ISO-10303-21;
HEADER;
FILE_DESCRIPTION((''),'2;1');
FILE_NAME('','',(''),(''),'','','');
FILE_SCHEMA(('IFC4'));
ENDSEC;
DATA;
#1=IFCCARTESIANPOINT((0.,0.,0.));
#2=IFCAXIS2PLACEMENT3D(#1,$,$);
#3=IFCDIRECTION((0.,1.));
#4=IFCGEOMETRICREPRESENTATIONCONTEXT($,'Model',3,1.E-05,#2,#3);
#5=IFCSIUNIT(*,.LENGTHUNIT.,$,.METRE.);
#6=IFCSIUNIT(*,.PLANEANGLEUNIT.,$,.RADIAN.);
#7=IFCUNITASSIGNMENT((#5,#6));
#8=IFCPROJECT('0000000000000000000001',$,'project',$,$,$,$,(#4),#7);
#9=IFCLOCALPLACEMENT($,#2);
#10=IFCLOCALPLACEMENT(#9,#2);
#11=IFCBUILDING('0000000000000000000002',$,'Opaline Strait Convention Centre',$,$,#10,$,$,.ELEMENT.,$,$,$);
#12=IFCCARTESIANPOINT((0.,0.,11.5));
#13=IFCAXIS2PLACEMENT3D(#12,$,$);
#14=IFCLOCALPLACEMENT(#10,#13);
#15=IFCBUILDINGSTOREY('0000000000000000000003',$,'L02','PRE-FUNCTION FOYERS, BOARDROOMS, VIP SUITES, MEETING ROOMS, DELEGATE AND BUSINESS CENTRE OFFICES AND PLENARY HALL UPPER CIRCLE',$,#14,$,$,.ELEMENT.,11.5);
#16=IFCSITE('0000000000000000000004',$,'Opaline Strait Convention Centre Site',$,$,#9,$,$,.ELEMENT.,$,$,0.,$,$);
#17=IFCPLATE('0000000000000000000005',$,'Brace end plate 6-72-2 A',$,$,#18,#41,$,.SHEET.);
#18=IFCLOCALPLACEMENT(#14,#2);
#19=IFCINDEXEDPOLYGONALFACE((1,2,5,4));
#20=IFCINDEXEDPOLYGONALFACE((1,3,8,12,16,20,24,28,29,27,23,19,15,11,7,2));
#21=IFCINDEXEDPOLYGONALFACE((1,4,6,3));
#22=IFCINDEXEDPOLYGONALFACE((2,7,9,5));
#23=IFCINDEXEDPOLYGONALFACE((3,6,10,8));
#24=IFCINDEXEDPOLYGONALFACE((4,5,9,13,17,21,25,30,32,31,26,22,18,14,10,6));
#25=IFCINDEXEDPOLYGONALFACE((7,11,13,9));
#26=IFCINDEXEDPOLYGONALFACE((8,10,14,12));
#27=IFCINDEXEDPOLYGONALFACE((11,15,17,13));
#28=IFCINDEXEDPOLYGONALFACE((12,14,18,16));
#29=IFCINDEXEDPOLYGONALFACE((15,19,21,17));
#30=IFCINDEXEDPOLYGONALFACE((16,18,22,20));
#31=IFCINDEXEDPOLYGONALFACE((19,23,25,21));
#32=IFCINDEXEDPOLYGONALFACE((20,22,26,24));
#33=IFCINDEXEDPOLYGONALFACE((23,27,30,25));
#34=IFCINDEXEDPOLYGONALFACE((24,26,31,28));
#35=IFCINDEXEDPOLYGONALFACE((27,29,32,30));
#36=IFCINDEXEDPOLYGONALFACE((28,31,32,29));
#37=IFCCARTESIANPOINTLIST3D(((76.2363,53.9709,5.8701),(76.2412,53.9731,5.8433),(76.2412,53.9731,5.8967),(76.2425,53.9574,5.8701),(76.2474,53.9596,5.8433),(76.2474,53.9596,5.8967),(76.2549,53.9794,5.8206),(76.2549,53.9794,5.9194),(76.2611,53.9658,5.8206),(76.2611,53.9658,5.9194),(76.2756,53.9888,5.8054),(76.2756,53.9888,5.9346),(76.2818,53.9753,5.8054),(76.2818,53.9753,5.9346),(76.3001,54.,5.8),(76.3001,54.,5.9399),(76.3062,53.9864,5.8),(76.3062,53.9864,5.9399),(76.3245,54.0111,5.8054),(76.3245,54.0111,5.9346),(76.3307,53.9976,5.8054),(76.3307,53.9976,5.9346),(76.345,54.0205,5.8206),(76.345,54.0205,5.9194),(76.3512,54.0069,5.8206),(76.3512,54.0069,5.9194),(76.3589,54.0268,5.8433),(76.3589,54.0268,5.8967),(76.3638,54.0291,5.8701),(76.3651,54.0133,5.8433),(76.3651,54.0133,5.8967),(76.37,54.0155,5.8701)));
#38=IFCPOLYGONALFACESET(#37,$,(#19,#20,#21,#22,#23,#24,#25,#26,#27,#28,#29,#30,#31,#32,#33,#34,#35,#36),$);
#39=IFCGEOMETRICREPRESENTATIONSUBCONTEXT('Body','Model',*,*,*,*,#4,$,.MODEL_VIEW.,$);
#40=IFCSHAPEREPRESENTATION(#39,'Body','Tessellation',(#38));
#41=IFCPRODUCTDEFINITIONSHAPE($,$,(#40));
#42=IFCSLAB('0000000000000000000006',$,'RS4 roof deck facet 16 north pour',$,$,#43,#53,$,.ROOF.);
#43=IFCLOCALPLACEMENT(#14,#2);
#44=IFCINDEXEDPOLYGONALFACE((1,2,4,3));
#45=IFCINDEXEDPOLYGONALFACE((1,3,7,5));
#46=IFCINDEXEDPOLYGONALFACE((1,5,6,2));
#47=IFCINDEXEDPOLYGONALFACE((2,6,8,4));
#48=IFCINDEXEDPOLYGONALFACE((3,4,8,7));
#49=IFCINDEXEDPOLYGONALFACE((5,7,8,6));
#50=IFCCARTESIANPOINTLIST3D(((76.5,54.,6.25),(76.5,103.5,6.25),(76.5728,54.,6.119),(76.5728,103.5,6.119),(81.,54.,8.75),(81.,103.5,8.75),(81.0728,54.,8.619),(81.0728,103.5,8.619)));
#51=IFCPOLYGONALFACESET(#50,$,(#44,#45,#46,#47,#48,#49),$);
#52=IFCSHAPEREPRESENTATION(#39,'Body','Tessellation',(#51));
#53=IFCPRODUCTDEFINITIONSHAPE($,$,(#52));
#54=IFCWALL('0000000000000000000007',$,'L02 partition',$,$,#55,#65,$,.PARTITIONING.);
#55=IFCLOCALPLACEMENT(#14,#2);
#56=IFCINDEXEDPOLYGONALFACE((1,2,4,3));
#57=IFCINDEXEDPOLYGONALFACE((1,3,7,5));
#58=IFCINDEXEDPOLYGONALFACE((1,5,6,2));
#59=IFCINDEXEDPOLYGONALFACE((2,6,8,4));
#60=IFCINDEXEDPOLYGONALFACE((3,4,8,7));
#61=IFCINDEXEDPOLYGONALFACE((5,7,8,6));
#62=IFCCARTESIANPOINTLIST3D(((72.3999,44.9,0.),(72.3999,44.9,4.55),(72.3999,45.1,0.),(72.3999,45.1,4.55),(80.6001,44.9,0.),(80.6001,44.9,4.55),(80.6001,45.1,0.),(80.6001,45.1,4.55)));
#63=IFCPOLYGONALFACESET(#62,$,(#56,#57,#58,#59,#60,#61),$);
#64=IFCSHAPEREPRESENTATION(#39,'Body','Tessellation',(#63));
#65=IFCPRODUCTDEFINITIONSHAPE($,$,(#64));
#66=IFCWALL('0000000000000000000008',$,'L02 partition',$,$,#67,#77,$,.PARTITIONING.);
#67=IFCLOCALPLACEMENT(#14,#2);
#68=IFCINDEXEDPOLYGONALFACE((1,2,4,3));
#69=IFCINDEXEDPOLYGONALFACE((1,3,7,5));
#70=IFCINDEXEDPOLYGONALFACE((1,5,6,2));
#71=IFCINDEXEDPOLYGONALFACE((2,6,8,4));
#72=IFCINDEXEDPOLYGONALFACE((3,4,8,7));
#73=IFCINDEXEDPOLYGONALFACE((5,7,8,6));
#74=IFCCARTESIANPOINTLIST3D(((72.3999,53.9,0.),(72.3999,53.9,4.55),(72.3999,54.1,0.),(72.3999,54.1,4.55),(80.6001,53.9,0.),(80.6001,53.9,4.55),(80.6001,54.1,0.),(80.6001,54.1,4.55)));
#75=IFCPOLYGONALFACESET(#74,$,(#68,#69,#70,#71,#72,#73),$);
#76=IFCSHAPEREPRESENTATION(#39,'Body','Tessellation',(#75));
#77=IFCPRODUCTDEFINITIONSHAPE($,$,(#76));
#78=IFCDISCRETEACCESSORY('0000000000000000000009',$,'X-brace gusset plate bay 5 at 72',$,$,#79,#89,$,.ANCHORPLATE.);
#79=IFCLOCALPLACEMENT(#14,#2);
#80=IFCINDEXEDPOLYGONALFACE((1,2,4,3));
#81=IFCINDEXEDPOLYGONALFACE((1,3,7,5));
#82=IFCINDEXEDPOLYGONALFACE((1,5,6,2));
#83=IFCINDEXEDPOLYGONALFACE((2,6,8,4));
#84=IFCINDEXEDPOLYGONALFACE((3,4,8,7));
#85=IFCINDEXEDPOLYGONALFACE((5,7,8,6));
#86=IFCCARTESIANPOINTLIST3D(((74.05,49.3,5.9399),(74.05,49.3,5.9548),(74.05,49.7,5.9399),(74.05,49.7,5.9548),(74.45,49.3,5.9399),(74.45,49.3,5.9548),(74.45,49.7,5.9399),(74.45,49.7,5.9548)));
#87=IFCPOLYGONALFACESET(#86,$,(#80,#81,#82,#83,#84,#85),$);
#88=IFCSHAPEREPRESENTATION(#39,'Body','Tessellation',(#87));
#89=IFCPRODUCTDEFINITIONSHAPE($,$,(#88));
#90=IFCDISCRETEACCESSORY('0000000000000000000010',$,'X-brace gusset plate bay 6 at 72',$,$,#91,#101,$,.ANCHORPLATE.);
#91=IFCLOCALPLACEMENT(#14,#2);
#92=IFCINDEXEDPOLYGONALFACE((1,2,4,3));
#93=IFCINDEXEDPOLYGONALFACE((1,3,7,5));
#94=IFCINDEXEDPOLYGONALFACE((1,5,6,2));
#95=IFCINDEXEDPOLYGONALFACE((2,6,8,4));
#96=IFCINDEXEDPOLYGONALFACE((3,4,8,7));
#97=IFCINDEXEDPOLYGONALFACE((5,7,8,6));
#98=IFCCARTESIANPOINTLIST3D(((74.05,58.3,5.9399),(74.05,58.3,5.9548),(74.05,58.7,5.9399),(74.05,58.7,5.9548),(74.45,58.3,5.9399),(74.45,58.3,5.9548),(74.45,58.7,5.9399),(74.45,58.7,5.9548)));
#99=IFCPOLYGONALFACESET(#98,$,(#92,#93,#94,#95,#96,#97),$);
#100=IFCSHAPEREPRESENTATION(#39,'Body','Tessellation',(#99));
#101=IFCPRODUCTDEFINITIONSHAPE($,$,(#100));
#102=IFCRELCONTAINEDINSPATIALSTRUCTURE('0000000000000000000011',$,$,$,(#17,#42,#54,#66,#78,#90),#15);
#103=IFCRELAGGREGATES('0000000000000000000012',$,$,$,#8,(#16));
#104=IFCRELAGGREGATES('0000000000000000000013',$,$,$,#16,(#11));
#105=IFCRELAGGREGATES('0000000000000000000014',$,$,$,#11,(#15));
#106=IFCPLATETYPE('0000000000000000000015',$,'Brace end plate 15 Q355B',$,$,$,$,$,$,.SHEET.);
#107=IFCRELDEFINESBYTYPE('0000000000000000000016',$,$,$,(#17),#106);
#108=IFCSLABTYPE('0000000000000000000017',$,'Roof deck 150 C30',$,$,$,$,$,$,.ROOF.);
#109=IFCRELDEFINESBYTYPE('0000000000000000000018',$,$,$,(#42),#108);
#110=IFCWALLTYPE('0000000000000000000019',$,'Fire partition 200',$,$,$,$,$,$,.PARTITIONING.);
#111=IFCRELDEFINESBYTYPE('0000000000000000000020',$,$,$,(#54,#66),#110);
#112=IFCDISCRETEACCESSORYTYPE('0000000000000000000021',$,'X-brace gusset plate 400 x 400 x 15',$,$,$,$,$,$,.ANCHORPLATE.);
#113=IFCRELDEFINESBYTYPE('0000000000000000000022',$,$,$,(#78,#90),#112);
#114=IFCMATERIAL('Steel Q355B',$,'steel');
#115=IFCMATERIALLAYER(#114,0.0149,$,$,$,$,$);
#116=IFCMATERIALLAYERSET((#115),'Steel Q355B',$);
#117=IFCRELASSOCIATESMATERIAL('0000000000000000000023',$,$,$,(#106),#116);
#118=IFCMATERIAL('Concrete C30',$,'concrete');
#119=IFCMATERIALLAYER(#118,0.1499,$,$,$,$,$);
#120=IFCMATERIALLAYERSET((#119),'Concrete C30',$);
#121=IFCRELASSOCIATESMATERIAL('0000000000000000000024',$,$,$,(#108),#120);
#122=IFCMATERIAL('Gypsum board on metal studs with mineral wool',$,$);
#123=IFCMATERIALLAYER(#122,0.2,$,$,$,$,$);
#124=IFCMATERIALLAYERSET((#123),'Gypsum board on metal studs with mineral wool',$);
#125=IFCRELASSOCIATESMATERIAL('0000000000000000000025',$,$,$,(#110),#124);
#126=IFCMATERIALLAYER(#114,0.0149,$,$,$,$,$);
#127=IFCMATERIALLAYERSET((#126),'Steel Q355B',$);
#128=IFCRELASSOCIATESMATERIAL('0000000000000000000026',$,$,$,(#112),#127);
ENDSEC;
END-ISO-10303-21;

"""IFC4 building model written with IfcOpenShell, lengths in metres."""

from ifc_helpers import new_model, si_unit, direction, frame, frame_2d, origin, origin_2d, place, context, subcontext, project, spatial, polyline, rectangle, outline, extrude, material, layer, layer_set, type_object, element, save


model = new_model("IFC4")

# Units and contexts
model_context = context("Model", 3, precision=1e-05, world=origin(), true_north=direction((0.0, 1.0)))
body_context = subcontext(model_context, "Body", "Model", "MODEL_VIEW")
ifc_project = project(units=[si_unit("LENGTHUNIT", "METRE"), si_unit("PLANEANGLEUNIT", "RADIAN")], contexts=[model_context])

# Site, building, storey
site_placement = place(None, origin())
site = spatial("IfcSite", under=ifc_project, at=site_placement, Name="Opaline Strait Convention Centre Site", CompositionType="ELEMENT", RefElevation=0.0)
building_placement = place(site_placement, origin())
building = spatial("IfcBuilding", under=site, at=building_placement, Name="Opaline Strait Convention Centre", CompositionType="ELEMENT")
storey_placement = place(building_placement, frame((0.0, 0.0, 11.5)))
storey = spatial("IfcBuildingStorey", under=building, at=storey_placement, Name="L02", Description="PRE-FUNCTION FOYERS, BOARDROOMS, VIP SUITES, MEETING ROOMS, DELEGATE AND BUSINESS CENTRE OFFICES AND PLENARY HALL UPPER CIRCLE", CompositionType="ELEMENT", Elevation=11.5)

# Shared definitions
ifc_material_1 = material(Name="Steel Q355B", Category="steel")

# Plate
ifc_layer_1 = layer(ifc_material_1, 0.0149)
ifc_layer_set_1 = layer_set([ifc_layer_1], Name="Steel Q355B")
plate_type = type_object("IfcPlateType", Name="Brace end plate 15 Q355B", PredefinedType="SHEET", material=ifc_layer_set_1)
plate_1_placement = place(storey_placement, frame((76.3638, 54.0291, 5.8701), z_axis=(-0.415113, 0.90977, 0.0), x_axis=(-0.177886, -0.081166, -0.980698)))
element("IfcPlate", 1, at=plate_1_placement, inside=storey, type_object=plate_type, Name="Brace end plate 6-72-2 A", PredefinedType="SHEET", context=body_context, shape_type="SweptSolid", body=[
    extrude(outline(polyline([(0.0, 0.0), (0.0274, 0.0), (0.0526, 0.0106), (0.0719, 0.0297), (0.0824, 0.055), (0.0824, 0.0824), (0.072, 0.1076), (0.0527, 0.1269), (0.0274, 0.1374), (0.0002, 0.1373), (-0.025, 0.127), (-0.0443, 0.1076), (-0.0548, 0.0823), (-0.0548, 0.0549), (-0.0443, 0.0299), (-0.0251, 0.0105), (0.0, 0.0)])), origin(), (0.0, 0.0, -1.0), 0.0149),
])

# Slab
ifc_material_2 = material(Name="Concrete C30", Category="concrete")
ifc_layer_2 = layer(ifc_material_2, 0.1499)
ifc_layer_set_2 = layer_set([ifc_layer_2], Name="Concrete C30")
slab_type = type_object("IfcSlabType", Name="Roof deck 150 C30", PredefinedType="ROOF", material=ifc_layer_set_2)
slab_placement = place(storey_placement, frame((76.5, 54.0, 6.25), z_axis=(-0.485643, 0.0, 0.874157), x_axis=(0.874157, 0.0, 0.485643)))
element("IfcSlab", 2, at=slab_placement, inside=storey, type_object=slab_type, Name="RS4 roof deck facet 16 north pour", PredefinedType="ROOF", context=body_context, shape_type="SweptSolid", body=[
    extrude(outline(polyline([(0.0, 0.0), (5.1478, 0.0), (5.1478, 49.5), (0.0, 49.5), (0.0, 0.0)])), origin(), (0.0, 0.0, -1.0), 0.1499),
])

# Walls
ifc_material_3 = material(Name="Gypsum board on metal studs with mineral wool")
ifc_layer_3 = layer(ifc_material_3, 0.2)
ifc_layer_set_3 = layer_set([ifc_layer_3], Name="Gypsum board on metal studs with mineral wool")
wall_type = type_object("IfcWallType", Name="Fire partition 200", PredefinedType="PARTITIONING", material=ifc_layer_set_3)
for number, where, z_axis, x_axis, name in (
    (3, (72.3999, 45.0, 0.0), (0.0, 0.0, 1.0), (1.0, 0.0, 0.0), "L02 partition"),
    (4, (72.3999, 54.0, 0.0), (0.0, 0.0, 1.0), (1.0, 0.0, 0.0), "L02 partition"),
):
    element("IfcWall", number, at=place(storey_placement, frame(where, z_axis=z_axis, x_axis=x_axis)), inside=storey, type_object=wall_type, Name=name, PredefinedType="PARTITIONING", context=body_context, shape_type="SweptSolid", body=[
        extrude(rectangle(XDim=8.2002, YDim=0.2, at=frame_2d((4.1001, 0.0))), origin(), (0.0, 0.0, 1.0), 4.55),
    ])

# Discrete accessories
ifc_layer_4 = layer(ifc_material_1, 0.0149)
ifc_layer_set_4 = layer_set([ifc_layer_4], Name="Steel Q355B")
discrete_accessory_type = type_object("IfcDiscreteAccessoryType", Name="X-brace gusset plate 400 x 400 x 15", PredefinedType="ANCHORPLATE", material=ifc_layer_set_4)
for number, where, z_axis, x_axis, name in (
    (5, (74.25, 49.5, 5.9399), (0.0, 0.0, 1.0), (1.0, 0.0, 0.0), "X-brace gusset plate bay 5 at 72"),
    (6, (74.25, 58.5, 5.9399), (0.0, 0.0, 1.0), (1.0, 0.0, 0.0), "X-brace gusset plate bay 6 at 72"),
):
    element("IfcDiscreteAccessory", number, at=place(storey_placement, frame(where, z_axis=z_axis, x_axis=x_axis)), inside=storey, type_object=discrete_accessory_type, Name=name, PredefinedType="ANCHORPLATE", context=body_context, shape_type="SweptSolid", body=[
        extrude(rectangle(XDim=0.3999, YDim=0.3999, at=origin_2d()), origin(), (0.0, 0.0, 1.0), 0.0149),
    ])

save(model, "model.ifc")
